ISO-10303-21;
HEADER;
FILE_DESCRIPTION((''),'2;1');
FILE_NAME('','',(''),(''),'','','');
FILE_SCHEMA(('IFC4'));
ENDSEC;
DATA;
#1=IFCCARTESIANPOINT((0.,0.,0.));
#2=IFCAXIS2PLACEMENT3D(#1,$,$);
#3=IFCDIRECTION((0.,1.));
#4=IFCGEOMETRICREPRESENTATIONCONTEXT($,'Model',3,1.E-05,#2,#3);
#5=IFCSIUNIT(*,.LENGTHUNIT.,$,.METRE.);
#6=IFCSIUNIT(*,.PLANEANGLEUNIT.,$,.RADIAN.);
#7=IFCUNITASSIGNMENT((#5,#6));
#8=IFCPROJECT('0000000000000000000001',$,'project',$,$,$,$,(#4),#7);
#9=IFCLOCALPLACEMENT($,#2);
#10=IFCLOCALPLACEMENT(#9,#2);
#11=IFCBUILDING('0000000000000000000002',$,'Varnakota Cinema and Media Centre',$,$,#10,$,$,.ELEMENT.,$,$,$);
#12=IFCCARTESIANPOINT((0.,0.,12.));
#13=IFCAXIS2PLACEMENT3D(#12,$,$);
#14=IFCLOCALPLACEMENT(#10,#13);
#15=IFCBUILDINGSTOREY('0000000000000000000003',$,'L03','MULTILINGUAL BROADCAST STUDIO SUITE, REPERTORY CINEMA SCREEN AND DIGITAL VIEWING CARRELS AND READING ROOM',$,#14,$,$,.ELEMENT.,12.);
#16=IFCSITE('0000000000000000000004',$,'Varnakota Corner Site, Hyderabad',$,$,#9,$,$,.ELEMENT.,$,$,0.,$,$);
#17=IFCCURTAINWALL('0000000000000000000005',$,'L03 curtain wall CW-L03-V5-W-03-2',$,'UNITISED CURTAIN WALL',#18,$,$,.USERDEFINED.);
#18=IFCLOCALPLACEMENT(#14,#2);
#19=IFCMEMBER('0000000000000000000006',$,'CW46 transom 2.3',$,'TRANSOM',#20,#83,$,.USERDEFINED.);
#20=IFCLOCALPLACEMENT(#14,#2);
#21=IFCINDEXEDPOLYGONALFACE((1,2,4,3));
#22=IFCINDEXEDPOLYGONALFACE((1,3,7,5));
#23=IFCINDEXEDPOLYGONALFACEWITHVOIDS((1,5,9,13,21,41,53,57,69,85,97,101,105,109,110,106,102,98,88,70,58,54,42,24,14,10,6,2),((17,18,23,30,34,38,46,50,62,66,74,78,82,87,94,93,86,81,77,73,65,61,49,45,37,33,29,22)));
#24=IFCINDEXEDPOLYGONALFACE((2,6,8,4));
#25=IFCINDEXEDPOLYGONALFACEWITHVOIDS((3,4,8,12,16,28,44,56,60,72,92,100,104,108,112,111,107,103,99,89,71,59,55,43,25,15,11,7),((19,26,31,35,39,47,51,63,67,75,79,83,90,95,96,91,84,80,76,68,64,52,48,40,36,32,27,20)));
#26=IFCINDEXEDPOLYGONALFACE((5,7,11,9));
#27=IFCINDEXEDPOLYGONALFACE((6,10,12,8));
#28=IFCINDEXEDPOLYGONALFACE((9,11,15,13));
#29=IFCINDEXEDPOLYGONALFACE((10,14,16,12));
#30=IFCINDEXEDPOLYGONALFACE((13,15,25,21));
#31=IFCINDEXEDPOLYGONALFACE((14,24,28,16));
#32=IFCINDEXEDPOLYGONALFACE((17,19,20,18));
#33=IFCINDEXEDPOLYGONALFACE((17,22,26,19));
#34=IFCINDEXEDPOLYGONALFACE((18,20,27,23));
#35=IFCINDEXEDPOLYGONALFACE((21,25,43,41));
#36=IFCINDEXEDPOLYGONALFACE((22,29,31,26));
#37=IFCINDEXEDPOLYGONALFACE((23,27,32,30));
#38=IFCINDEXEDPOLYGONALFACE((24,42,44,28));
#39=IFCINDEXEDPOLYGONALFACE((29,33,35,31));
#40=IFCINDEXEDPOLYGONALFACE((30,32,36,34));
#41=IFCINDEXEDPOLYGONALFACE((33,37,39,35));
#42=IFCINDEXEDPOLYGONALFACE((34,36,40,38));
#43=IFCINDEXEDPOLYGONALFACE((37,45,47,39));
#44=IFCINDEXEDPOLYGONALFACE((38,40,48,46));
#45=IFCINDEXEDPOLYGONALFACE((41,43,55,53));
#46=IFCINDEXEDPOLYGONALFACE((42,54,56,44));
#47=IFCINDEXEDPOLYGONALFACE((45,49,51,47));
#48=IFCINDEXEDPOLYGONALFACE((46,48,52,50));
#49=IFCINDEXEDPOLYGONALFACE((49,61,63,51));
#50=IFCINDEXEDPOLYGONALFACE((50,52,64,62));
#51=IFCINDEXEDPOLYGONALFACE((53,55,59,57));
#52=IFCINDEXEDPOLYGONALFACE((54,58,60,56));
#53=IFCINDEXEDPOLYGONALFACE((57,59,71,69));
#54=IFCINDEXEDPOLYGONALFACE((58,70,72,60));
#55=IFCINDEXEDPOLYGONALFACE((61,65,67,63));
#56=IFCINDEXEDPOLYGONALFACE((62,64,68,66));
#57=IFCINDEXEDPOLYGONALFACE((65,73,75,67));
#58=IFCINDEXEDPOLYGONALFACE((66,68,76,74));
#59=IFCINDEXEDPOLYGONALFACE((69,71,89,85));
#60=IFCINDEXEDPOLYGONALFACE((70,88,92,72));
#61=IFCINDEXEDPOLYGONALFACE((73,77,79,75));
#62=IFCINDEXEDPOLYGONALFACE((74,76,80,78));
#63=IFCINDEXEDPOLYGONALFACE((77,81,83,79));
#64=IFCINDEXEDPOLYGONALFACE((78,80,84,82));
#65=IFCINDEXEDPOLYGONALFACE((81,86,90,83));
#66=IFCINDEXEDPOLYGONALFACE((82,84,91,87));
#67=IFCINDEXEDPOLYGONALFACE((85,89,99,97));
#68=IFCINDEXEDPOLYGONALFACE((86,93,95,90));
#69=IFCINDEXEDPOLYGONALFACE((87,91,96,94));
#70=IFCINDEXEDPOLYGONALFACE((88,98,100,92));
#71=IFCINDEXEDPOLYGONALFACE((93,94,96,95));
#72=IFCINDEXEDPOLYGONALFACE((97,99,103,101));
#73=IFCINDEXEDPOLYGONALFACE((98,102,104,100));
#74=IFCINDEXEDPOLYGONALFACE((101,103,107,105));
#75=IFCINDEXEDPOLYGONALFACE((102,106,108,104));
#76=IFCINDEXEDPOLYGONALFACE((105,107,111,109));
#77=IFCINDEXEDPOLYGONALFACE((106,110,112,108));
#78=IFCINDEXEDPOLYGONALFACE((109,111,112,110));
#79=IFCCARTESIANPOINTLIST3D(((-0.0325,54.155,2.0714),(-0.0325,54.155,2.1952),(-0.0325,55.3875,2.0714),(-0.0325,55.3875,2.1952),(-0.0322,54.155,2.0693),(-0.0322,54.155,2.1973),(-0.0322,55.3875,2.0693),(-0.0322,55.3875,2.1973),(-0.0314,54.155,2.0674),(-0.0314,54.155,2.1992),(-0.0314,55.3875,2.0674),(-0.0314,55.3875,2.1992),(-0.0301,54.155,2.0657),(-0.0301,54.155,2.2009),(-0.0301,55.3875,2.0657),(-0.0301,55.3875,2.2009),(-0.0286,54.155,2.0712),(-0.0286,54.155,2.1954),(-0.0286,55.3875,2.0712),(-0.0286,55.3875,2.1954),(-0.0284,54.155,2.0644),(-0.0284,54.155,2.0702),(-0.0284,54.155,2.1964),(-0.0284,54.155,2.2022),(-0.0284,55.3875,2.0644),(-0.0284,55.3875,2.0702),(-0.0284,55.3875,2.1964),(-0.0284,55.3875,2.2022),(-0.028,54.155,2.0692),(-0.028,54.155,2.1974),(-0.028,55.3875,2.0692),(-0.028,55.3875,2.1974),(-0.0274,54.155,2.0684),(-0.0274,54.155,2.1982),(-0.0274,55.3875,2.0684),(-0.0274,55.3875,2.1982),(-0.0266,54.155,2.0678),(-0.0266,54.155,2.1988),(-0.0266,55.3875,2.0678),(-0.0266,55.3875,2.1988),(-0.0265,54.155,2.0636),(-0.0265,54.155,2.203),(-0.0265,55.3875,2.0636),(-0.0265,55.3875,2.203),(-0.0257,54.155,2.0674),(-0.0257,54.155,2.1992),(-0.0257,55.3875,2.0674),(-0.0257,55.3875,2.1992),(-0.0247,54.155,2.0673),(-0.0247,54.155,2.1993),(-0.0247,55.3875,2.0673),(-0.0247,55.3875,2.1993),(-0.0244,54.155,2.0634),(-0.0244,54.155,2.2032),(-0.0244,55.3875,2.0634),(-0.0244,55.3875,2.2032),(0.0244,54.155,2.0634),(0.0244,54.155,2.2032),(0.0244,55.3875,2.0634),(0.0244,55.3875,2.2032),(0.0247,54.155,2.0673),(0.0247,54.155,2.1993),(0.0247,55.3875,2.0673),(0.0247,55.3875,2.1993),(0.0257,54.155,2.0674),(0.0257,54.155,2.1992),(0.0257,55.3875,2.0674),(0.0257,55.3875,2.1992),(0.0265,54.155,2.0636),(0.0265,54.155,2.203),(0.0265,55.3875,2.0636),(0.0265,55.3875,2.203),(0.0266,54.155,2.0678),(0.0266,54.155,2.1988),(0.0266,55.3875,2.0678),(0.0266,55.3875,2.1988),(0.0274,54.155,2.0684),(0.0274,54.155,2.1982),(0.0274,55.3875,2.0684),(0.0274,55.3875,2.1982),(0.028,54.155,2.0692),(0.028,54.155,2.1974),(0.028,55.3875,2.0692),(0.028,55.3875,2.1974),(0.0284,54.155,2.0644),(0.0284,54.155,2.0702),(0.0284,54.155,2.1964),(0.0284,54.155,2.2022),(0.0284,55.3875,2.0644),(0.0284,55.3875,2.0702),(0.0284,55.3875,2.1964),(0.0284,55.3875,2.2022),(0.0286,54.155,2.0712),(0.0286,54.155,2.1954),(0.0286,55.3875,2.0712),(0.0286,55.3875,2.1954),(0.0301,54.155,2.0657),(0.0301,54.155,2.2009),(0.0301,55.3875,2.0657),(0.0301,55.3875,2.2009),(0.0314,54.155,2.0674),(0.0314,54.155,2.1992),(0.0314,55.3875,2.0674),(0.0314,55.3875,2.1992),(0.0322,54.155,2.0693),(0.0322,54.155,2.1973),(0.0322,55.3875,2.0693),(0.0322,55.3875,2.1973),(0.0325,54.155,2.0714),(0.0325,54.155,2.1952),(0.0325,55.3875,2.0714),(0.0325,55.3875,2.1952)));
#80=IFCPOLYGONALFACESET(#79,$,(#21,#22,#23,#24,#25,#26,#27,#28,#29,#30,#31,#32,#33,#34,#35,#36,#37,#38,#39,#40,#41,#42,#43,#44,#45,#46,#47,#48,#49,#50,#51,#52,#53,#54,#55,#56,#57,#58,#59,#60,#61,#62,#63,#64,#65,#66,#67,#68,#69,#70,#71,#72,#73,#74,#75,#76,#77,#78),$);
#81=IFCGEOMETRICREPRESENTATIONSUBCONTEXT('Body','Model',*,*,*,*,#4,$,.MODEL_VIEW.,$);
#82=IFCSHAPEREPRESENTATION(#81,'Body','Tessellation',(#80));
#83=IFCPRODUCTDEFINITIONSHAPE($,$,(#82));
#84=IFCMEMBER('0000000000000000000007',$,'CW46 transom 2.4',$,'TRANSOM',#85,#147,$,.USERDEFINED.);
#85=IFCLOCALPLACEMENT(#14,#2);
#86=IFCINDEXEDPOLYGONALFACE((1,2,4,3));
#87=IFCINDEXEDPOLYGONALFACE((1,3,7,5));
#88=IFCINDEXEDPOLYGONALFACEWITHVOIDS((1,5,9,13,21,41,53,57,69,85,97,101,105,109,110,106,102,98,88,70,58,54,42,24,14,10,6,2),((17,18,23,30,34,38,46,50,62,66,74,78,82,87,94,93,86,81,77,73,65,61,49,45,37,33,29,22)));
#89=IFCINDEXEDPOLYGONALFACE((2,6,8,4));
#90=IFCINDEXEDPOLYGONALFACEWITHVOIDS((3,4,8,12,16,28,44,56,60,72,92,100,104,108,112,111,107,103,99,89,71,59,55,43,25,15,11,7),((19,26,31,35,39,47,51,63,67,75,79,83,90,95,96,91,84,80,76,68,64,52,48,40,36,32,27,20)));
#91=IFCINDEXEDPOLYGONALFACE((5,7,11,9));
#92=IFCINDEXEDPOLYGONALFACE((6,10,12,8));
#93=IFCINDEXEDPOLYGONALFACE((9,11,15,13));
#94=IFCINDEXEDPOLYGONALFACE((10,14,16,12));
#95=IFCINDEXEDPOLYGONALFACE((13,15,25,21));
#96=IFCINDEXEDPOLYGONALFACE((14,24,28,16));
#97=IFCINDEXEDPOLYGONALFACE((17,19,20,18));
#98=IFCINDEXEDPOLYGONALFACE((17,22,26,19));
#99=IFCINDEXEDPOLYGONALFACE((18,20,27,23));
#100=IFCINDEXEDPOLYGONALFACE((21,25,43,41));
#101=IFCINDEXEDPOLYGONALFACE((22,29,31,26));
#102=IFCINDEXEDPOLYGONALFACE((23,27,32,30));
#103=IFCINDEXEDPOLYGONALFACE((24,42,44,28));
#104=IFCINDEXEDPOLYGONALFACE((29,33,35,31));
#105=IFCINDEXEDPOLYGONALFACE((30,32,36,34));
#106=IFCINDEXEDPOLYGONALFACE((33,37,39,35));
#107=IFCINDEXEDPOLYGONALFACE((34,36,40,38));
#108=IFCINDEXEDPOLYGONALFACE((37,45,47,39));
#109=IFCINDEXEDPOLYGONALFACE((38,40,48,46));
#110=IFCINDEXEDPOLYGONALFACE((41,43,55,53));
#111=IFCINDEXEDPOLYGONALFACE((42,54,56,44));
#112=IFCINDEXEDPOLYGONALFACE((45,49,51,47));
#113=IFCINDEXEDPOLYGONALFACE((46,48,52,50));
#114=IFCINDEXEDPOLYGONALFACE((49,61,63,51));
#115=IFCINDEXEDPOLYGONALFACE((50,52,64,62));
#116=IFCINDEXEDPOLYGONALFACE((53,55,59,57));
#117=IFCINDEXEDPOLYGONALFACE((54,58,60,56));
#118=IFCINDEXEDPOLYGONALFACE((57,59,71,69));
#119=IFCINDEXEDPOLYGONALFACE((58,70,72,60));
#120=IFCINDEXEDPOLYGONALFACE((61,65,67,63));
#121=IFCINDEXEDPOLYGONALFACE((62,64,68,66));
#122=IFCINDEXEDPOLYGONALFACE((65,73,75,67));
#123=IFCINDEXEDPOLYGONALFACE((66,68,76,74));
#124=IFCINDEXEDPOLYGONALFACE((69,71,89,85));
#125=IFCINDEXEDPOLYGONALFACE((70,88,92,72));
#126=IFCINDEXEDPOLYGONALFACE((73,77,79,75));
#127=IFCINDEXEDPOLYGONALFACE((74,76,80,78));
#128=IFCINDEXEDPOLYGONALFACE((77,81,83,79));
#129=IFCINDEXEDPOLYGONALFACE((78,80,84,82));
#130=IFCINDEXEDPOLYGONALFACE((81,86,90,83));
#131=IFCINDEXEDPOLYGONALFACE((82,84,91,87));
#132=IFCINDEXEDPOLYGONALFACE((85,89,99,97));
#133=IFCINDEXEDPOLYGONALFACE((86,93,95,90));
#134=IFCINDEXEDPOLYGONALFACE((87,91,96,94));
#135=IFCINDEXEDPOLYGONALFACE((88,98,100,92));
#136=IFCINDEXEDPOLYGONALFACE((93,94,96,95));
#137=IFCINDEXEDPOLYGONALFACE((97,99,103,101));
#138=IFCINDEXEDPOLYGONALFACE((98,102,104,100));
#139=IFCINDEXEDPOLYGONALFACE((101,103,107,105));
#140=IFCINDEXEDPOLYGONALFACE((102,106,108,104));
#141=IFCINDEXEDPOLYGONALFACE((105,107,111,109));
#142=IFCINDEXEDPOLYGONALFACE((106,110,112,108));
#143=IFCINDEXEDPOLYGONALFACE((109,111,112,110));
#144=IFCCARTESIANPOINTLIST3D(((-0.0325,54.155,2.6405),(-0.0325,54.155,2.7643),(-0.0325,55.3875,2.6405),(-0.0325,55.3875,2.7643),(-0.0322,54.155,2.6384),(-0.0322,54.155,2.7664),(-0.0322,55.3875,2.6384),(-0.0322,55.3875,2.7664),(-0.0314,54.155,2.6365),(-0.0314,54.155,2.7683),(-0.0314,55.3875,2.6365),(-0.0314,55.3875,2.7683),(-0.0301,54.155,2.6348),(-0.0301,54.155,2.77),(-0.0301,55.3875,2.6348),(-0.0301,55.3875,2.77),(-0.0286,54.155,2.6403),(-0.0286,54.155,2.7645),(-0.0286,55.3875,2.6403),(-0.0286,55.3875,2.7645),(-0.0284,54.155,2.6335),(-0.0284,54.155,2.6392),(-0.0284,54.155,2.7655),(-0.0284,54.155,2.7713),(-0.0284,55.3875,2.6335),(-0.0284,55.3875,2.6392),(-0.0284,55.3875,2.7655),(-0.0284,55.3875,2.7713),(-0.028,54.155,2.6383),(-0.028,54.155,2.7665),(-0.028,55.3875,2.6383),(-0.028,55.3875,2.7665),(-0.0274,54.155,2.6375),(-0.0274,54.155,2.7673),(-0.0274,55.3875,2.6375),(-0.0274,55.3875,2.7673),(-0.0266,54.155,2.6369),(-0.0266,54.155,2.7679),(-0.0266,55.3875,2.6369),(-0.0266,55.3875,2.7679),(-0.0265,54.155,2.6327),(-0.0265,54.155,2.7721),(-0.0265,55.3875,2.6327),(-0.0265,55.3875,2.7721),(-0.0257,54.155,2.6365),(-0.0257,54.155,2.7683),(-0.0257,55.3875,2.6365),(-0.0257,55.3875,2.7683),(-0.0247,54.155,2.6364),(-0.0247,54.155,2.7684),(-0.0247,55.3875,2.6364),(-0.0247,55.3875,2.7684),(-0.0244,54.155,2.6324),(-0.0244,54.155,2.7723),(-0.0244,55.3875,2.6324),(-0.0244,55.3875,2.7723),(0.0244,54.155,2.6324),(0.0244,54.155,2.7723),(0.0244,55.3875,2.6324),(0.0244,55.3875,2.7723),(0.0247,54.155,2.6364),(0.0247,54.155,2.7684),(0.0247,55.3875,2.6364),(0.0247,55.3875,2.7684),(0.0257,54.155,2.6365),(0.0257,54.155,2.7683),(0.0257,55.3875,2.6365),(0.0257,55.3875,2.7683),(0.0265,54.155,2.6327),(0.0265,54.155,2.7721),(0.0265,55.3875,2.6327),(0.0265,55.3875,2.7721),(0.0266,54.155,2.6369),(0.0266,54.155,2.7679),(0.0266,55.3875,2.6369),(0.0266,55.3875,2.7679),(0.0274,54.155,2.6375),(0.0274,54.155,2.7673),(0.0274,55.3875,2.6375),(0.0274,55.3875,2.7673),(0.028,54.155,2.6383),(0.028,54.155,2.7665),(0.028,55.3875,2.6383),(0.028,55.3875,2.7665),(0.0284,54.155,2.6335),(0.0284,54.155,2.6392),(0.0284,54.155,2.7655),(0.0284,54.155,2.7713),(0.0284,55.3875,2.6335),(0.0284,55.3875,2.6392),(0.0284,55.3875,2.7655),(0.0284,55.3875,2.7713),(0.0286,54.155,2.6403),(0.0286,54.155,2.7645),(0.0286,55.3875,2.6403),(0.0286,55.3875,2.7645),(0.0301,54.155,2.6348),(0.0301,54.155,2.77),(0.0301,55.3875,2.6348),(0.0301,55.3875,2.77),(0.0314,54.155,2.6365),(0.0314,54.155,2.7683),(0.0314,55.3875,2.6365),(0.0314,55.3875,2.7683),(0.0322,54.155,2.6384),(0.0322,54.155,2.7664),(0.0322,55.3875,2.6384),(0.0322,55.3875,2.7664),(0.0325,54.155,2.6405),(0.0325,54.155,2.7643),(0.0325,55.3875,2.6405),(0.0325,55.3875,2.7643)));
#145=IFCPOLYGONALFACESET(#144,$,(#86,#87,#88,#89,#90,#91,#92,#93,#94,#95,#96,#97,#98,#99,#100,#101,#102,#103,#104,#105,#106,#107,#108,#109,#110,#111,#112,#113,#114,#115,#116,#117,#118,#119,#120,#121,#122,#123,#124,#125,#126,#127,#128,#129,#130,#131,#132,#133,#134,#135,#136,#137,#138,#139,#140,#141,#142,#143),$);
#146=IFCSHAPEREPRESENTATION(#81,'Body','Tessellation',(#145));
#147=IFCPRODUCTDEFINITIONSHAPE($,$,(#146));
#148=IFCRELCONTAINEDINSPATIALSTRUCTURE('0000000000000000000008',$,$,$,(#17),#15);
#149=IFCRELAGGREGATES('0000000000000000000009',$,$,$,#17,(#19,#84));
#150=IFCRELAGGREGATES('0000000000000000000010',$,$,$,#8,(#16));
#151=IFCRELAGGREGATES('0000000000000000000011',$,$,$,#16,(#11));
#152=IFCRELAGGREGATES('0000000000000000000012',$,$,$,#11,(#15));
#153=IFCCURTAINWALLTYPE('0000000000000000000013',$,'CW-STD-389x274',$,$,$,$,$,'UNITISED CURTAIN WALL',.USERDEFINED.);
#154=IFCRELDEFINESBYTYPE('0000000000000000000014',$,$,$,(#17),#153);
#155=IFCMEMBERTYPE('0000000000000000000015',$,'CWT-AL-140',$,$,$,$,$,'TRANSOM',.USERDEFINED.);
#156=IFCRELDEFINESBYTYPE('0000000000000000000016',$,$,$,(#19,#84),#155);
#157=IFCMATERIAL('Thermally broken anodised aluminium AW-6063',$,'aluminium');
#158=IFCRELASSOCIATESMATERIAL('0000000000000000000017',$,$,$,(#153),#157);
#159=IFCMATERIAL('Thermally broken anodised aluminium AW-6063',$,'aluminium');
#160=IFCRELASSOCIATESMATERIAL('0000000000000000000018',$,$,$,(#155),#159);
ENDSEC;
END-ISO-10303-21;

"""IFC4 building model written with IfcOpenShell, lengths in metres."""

from ifc_helpers import new_model, si_unit, direction, frame, origin, origin_2d, place, context, subcontext, project, spatial, hollow_rectangle, extrude, material, material_profile, profile_set, type_object, element, aggregate, save


model = new_model("IFC4")

# Units and contexts
model_context = context("Model", 3, precision=1e-05, world=origin(), true_north=direction((0.0, 1.0)))
body_context = subcontext(model_context, "Body", "Model", "MODEL_VIEW")
ifc_project = project(units=[si_unit("LENGTHUNIT", "METRE"), si_unit("PLANEANGLEUNIT", "RADIAN")], contexts=[model_context])

# Site, building, storey
site_placement = place(None, origin())
site = spatial("IfcSite", under=ifc_project, at=site_placement, Name="Varnakota Corner Site, Hyderabad", CompositionType="ELEMENT", RefElevation=0.0)
building_placement = place(site_placement, origin())
building = spatial("IfcBuilding", under=site, at=building_placement, Name="Varnakota Cinema and Media Centre", CompositionType="ELEMENT")
storey_placement = place(building_placement, frame((0.0, 0.0, 12.0)))
storey = spatial("IfcBuildingStorey", under=building, at=storey_placement, Name="L03", Description="MULTILINGUAL BROADCAST STUDIO SUITE, REPERTORY CINEMA SCREEN AND DIGITAL VIEWING CARRELS AND READING ROOM", CompositionType="ELEMENT", Elevation=12.0)

# Shared definitions
ifc_material_1 = material(Name="Thermally broken anodised aluminium AW-6063", Category="aluminium")
curtain_wall_type = type_object("IfcCurtainWallType", Name="CW-STD-389x274", ElementType="UNITISED CURTAIN WALL", PredefinedType="USERDEFINED", material=ifc_material_1)

# Curtain wall, members
curtain_wall_1_placement = place(storey_placement, origin())
curtain_wall_1 = element("IfcCurtainWall", 1, at=curtain_wall_1_placement, inside=storey, type_object=curtain_wall_type, Name="L03 curtain wall CW-L03-V5-W-03-2", ObjectType="UNITISED CURTAIN WALL", PredefinedType="USERDEFINED")
ifc_material_2 = material(Name="Thermally broken anodised aluminium AW-6063", Category="aluminium")
ifc_material_profile_1 = material_profile(ifc_material_2, hollow_rectangle(XDim=0.0649, YDim=0.1399, WallThickness=0.0039, InnerFilletRadius=0.0039, OuterFilletRadius=0.0081, at=origin_2d()), Name="AL-TRANSOM 140x65x4")
ifc_profile_set_1 = profile_set([ifc_material_profile_1], Name="Thermally broken anodised aluminium AW-6063")
member_type_1 = type_object("IfcMemberType", Name="CWT-AL-140", ElementType="TRANSOM", PredefinedType="USERDEFINED", material=ifc_profile_set_1)
member_1_placement = place(storey_placement, frame((0.0, 55.3875, 2.1333), z_axis=(0.0, -1.0, 0.0), x_axis=(1.0, 0.0, 0.0)))
member_1 = element("IfcMember", 2, at=member_1_placement, type_object=member_type_1, Name="CW46 transom 2.3", ObjectType="TRANSOM", PredefinedType="USERDEFINED", context=body_context, shape_type="SweptSolid", body=[
    extrude(hollow_rectangle(XDim=0.0649, YDim=0.1399, WallThickness=0.0039, InnerFilletRadius=0.0039, OuterFilletRadius=0.0081, at=origin_2d()), origin(), (0.0, 0.0, 1.0), 1.2324),
])
member_2_placement = place(storey_placement, frame((0.0, 55.3875, 2.7024), z_axis=(0.0, -1.0, 0.0), x_axis=(1.0, 0.0, 0.0)))
member_2 = element("IfcMember", 3, at=member_2_placement, type_object=member_type_1, Name="CW46 transom 2.4", ObjectType="TRANSOM", PredefinedType="USERDEFINED", context=body_context, shape_type="SweptSolid", body=[
    extrude(hollow_rectangle(XDim=0.0649, YDim=0.1399, WallThickness=0.0039, InnerFilletRadius=0.0039, OuterFilletRadius=0.0081, at=origin_2d()), origin(), (0.0, 0.0, 1.0), 1.2324),
])

aggregate(curtain_wall_1, [member_1, member_2])

save(model, "model.ifc")
